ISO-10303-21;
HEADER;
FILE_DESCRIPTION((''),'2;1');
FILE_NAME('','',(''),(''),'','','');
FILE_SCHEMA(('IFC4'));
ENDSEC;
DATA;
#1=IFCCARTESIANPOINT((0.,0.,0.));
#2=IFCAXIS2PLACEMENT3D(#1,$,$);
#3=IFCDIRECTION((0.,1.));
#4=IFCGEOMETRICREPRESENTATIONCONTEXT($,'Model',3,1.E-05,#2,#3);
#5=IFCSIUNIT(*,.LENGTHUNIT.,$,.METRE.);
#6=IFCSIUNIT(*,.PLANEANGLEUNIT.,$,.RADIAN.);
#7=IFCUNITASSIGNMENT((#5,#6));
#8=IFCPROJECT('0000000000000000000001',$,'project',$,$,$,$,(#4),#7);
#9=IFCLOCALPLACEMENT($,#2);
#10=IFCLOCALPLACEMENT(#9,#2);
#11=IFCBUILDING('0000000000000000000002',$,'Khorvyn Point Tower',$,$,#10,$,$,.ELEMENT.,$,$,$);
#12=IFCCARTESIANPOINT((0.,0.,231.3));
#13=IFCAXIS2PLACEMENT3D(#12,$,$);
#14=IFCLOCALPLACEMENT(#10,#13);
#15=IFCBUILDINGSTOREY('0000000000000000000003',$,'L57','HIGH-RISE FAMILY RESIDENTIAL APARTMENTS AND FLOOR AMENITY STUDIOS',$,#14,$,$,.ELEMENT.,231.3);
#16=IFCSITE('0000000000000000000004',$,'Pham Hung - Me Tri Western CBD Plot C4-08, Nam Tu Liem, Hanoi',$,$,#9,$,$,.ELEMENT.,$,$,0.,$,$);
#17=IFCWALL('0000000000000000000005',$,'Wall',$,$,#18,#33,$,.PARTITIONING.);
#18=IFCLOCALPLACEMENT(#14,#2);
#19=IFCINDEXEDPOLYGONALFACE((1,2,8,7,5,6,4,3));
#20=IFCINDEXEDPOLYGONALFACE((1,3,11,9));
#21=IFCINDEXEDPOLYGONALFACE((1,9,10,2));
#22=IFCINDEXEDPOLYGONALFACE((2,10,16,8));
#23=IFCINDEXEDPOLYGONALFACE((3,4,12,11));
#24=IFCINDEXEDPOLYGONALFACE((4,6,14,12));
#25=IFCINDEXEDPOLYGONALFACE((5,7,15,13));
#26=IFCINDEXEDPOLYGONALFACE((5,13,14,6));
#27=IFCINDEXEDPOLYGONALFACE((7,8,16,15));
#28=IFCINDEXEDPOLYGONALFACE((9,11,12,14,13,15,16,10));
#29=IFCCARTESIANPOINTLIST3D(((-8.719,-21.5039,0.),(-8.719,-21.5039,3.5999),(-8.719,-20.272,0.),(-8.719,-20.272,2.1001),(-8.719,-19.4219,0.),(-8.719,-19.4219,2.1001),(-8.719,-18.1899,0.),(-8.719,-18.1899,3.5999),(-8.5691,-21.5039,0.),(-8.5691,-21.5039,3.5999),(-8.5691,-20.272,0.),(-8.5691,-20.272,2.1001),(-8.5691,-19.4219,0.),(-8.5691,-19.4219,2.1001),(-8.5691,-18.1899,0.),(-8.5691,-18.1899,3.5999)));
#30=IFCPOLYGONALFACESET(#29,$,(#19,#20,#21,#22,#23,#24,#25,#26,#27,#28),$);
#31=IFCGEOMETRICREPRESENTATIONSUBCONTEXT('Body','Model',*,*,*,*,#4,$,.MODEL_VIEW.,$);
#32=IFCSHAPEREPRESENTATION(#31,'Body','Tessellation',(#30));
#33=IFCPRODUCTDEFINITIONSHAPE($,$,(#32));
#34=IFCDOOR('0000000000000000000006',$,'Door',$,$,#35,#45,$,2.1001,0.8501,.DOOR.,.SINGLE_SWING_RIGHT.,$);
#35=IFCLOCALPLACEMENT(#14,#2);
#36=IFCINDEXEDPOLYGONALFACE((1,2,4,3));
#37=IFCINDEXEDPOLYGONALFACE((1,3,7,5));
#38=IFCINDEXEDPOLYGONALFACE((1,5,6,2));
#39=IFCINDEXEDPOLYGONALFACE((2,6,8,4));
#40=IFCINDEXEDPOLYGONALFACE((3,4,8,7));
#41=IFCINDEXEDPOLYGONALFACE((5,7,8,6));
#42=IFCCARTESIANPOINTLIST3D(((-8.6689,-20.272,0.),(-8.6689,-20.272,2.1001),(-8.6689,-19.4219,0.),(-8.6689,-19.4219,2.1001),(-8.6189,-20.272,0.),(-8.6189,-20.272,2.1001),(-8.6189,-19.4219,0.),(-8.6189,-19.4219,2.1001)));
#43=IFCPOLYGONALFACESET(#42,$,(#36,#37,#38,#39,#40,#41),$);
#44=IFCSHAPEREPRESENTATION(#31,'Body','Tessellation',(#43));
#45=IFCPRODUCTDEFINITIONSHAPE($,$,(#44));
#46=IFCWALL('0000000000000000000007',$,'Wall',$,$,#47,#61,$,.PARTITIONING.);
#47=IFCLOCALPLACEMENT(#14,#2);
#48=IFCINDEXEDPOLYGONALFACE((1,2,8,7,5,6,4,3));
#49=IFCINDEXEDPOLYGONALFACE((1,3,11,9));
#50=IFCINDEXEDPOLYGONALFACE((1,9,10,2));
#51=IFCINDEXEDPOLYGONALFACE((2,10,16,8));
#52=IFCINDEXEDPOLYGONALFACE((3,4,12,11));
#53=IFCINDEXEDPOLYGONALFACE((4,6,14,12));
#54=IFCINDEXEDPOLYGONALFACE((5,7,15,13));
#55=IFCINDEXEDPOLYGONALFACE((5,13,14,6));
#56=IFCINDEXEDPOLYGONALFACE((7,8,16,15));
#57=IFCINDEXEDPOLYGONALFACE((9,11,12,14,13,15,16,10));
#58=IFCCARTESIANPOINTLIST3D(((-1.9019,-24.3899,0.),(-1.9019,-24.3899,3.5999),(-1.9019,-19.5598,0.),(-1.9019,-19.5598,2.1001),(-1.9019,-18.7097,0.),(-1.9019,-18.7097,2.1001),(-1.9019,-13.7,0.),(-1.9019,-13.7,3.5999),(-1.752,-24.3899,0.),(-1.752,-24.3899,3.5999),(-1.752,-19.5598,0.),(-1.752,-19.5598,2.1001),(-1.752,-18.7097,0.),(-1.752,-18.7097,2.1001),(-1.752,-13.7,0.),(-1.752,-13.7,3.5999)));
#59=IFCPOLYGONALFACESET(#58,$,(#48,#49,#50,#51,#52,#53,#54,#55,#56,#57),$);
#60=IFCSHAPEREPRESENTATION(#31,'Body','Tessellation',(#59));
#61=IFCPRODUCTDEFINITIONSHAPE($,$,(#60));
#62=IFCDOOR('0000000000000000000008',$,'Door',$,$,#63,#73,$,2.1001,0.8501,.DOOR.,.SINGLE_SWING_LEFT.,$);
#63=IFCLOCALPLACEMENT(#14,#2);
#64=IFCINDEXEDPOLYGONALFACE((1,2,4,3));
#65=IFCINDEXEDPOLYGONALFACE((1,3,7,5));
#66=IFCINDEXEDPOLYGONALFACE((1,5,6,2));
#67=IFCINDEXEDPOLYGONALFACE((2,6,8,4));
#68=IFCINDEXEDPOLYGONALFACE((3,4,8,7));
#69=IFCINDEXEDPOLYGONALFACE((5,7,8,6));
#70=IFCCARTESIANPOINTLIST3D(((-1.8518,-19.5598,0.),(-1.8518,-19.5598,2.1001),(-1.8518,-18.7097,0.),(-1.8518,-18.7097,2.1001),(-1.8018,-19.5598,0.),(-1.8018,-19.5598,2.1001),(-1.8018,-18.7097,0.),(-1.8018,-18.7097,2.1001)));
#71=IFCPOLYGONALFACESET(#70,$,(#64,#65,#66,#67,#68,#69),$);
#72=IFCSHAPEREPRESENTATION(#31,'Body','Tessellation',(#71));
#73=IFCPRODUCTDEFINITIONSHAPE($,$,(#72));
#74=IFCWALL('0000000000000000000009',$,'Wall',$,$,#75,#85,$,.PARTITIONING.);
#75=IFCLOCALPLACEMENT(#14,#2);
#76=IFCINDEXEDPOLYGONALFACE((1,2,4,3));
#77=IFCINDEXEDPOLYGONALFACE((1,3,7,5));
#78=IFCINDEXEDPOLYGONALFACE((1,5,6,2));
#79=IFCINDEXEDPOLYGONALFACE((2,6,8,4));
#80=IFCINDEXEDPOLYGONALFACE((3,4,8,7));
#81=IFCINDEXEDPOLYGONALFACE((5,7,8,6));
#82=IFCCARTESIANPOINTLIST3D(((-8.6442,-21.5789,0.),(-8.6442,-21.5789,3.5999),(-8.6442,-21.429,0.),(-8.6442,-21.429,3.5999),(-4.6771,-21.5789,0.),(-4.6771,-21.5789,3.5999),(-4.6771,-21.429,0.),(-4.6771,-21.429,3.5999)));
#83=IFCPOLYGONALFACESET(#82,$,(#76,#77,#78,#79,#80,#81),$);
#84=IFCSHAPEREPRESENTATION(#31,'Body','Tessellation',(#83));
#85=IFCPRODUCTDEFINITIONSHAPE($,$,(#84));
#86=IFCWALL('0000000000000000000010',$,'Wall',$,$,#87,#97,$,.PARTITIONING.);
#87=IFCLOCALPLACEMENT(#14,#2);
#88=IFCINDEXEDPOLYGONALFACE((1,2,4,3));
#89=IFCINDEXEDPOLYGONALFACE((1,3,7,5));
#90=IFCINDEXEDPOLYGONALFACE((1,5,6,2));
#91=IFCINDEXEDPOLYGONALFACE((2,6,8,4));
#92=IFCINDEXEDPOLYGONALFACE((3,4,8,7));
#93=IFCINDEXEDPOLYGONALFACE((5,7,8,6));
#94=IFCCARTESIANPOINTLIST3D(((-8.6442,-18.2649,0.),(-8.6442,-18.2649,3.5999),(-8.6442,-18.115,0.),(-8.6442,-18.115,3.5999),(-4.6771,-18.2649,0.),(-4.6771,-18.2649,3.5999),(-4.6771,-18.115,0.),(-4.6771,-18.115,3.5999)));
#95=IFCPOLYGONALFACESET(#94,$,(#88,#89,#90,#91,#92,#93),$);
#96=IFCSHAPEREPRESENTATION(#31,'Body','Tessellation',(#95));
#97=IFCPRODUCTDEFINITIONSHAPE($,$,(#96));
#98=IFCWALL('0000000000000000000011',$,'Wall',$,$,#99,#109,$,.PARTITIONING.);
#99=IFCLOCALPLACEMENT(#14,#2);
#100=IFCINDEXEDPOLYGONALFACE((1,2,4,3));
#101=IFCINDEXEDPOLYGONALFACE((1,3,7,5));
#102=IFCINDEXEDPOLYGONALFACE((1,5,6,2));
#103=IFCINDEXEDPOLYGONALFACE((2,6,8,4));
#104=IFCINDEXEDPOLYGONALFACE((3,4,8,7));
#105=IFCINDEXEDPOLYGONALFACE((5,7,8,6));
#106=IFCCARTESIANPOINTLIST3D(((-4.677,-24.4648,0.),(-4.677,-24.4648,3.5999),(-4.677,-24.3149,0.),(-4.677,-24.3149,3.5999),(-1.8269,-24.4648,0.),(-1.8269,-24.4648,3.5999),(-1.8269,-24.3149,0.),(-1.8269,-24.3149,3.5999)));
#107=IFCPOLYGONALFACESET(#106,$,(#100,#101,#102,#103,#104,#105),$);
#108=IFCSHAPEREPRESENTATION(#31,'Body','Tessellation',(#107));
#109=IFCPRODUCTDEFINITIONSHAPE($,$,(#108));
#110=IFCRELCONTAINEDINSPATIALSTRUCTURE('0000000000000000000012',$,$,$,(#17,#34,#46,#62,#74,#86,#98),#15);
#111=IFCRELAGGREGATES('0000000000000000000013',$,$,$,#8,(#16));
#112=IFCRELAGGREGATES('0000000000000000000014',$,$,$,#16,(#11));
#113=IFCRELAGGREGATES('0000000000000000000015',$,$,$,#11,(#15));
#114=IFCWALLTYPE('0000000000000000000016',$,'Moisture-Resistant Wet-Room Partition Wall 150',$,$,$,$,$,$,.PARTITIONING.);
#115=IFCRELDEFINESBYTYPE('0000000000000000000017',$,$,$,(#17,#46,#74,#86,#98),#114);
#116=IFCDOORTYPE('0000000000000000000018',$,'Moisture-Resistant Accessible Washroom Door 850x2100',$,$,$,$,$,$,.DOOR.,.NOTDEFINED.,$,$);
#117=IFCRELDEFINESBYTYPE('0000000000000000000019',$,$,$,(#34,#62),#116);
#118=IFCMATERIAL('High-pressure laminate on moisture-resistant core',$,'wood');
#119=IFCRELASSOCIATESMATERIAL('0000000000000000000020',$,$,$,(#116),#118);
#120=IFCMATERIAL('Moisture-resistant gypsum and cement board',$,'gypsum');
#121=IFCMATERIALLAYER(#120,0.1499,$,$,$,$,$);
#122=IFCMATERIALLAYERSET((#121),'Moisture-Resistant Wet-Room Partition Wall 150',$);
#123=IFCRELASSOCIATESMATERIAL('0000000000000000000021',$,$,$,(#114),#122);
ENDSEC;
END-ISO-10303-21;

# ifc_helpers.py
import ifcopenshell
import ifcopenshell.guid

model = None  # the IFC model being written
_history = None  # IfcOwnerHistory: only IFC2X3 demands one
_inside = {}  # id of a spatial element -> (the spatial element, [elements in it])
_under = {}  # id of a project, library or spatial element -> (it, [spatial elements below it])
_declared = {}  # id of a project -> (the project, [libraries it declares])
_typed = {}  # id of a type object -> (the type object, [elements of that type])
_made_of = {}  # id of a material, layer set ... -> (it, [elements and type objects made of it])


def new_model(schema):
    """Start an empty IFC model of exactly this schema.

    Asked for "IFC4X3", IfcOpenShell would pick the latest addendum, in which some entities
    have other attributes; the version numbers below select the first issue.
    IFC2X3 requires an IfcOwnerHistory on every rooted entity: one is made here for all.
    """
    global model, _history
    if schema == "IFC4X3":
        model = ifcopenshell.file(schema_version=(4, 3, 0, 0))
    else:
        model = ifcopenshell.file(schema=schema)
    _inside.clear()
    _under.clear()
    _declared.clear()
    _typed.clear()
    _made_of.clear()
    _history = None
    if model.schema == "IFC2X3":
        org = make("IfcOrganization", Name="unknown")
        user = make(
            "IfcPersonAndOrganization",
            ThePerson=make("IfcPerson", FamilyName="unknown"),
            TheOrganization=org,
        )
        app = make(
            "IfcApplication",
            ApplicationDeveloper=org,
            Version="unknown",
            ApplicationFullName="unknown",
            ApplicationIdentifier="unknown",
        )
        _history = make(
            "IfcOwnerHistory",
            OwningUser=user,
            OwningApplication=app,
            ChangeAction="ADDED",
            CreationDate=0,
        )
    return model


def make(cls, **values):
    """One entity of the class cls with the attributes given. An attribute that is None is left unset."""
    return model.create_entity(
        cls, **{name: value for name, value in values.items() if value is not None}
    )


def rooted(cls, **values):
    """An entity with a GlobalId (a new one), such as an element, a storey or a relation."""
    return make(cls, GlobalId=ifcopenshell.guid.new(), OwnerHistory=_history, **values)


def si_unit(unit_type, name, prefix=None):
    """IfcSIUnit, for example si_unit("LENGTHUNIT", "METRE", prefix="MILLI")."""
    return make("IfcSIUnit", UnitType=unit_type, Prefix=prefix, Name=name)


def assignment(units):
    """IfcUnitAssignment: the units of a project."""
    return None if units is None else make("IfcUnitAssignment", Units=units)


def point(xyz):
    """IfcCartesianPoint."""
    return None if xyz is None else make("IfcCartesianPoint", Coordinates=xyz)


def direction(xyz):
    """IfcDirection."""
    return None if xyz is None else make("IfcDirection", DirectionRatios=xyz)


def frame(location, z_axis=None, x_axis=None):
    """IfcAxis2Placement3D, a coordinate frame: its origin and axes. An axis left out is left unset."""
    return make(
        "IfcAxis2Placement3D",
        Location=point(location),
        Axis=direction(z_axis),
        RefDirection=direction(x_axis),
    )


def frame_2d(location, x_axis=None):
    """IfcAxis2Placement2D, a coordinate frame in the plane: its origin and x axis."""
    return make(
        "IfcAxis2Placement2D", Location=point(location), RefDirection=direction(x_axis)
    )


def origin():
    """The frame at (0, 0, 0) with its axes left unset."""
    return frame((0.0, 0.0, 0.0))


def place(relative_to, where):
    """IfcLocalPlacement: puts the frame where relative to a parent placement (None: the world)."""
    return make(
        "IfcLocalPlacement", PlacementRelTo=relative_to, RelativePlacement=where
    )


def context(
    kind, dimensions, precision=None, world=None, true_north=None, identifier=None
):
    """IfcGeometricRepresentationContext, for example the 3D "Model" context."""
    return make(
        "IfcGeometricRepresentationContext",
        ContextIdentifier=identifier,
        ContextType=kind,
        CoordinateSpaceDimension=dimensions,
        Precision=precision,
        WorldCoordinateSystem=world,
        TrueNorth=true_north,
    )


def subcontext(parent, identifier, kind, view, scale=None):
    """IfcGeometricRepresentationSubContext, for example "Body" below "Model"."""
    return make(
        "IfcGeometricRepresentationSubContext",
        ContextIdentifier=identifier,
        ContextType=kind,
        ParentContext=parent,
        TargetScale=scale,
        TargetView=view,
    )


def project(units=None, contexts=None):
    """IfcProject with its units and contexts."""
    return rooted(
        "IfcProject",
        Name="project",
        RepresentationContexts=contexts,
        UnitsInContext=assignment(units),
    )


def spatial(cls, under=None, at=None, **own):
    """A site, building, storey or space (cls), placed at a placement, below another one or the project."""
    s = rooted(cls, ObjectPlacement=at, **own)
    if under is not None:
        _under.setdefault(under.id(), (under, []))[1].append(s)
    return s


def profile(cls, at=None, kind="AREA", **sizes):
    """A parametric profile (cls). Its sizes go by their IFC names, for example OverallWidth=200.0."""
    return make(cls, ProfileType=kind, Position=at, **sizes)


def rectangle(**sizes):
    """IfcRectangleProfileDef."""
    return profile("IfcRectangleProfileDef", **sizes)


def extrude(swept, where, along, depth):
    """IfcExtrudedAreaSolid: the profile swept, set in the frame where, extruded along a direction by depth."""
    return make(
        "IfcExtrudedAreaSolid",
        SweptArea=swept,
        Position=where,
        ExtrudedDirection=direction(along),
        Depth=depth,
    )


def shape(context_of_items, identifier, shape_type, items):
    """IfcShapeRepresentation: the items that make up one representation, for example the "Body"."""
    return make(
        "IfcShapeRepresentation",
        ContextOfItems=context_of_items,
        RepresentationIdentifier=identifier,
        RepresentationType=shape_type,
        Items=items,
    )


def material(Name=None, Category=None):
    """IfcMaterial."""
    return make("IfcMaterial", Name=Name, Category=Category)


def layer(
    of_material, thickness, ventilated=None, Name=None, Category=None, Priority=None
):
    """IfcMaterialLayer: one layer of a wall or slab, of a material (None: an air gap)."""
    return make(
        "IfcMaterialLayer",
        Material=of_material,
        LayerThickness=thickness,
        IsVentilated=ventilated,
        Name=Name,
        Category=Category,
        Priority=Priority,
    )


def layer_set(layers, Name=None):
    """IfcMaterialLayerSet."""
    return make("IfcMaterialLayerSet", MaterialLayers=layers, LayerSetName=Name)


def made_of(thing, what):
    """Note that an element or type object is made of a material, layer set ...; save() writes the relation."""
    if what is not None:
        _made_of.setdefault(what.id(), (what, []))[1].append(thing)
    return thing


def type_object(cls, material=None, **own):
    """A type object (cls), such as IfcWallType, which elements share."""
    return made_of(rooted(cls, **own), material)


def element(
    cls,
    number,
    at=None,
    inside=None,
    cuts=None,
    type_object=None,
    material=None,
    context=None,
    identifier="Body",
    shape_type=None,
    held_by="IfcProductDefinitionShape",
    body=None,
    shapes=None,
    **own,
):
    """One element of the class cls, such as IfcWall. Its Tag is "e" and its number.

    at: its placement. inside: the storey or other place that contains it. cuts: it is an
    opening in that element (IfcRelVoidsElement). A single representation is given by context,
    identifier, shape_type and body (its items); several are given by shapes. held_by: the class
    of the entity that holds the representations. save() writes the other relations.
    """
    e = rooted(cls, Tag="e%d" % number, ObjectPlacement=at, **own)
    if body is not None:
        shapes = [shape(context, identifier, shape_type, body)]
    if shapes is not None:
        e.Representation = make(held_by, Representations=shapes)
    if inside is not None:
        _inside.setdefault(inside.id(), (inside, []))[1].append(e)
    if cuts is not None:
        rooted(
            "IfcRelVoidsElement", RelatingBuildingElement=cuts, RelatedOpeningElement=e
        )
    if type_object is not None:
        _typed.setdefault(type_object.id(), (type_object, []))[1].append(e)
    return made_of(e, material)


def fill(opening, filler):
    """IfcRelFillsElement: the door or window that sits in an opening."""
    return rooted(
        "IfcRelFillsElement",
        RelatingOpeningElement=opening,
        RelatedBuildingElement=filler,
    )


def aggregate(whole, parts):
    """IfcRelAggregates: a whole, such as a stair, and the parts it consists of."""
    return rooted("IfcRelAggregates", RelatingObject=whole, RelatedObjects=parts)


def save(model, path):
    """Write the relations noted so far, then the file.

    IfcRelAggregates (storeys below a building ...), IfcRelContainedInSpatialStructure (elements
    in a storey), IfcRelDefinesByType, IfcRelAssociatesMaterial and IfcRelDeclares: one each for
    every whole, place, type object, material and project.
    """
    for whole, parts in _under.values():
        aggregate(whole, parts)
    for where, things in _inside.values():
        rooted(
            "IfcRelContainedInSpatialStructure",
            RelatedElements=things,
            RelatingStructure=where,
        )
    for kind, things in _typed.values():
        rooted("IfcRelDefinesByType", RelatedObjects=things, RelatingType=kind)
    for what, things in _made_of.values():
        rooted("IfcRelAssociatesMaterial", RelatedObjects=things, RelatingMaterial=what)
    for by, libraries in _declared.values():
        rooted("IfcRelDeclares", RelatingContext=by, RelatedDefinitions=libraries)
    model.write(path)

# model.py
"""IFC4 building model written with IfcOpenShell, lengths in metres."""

from ifc_helpers import new_model, si_unit, direction, frame, frame_2d, origin, place, context, subcontext, project, spatial, rectangle, extrude, material, layer, layer_set, type_object, element, fill, save


model = new_model("IFC4")

# Units and contexts
model_context = context("Model", 3, precision=1e-05, world=origin(), true_north=direction((0.0, 1.0)))
body_context = subcontext(model_context, "Body", "Model", "MODEL_VIEW")
ifc_project = project(units=[si_unit("LENGTHUNIT", "METRE"), si_unit("PLANEANGLEUNIT", "RADIAN")], contexts=[model_context])

# Site, building, storey
site_placement = place(None, origin())
site = spatial("IfcSite", under=ifc_project, at=site_placement, Name="Pham Hung - Me Tri Western CBD Plot C4-08, Nam Tu Liem, Hanoi", CompositionType="ELEMENT", RefElevation=0.0)
building_placement = place(site_placement, origin())
building = spatial("IfcBuilding", under=site, at=building_placement, Name="Khorvyn Point Tower", CompositionType="ELEMENT")
storey_placement = place(building_placement, frame((0.0, 0.0, 231.3)))
storey = spatial("IfcBuildingStorey", under=building, at=storey_placement, Name="L57", Description="HIGH-RISE FAMILY RESIDENTIAL APARTMENTS AND FLOOR AMENITY STUDIOS", CompositionType="ELEMENT", Elevation=231.3)

# Walls, openings, doors
ifc_material_1 = material(Name="High-pressure laminate on moisture-resistant core", Category="wood")
door_type_1 = type_object("IfcDoorType", Name="Moisture-Resistant Accessible Washroom Door 850x2100", OperationType="NOTDEFINED", PredefinedType="DOOR", material=ifc_material_1)
ifc_material_2 = material(Name="Moisture-resistant gypsum and cement board", Category="gypsum")
ifc_layer_1 = layer(ifc_material_2, 0.1499)
ifc_layer_set_1 = layer_set([ifc_layer_1], Name="Moisture-Resistant Wet-Room Partition Wall 150")
wall_type_1 = type_object("IfcWallType", Name="Moisture-Resistant Wet-Room Partition Wall 150", PredefinedType="PARTITIONING", material=ifc_layer_set_1)
wall_1_placement = place(storey_placement, frame((-8.644, -21.5039, 0.0), z_axis=(0.0, 0.0, 1.0), x_axis=(0.0, 1.0, 0.0)))
wall_1 = element("IfcWall", 1, at=wall_1_placement, inside=storey, type_object=wall_type_1, Name="Wall", PredefinedType="PARTITIONING", context=body_context, shape_type="SweptSolid", body=[
    extrude(rectangle(XDim=3.314, YDim=0.1499, at=frame_2d((1.657, 0.0))), origin(), (0.0, 0.0, 1.0), 3.5999),
])
opening_1_placement = place(wall_1_placement, frame((1.2319, 0.0, 0.0)))
opening_1 = element("IfcOpeningElement", 2, at=opening_1_placement, cuts=wall_1, PredefinedType="OPENING", context=body_context, shape_type="SweptSolid", body=[
    extrude(rectangle(XDim=0.8501, YDim=2.1001, at=frame_2d((0.425, 1.05))), frame((0.0, 0.085, 0.0), z_axis=(0.0, -1.0, 0.0), x_axis=(1.0, 0.0, 0.0)), (0.0, 0.0, 1.0), 0.1699),
])
door_1_placement = place(opening_1_placement, origin())
door_1 = element("IfcDoor", 3, at=door_1_placement, inside=storey, type_object=door_type_1, Name="Door", OperationType="SINGLE_SWING_RIGHT", OverallHeight=2.1001, OverallWidth=0.8501, PredefinedType="DOOR", context=body_context, shape_type="SweptSolid", body=[
    extrude(rectangle(XDim=0.8501, YDim=2.1001, at=frame_2d((0.425, 1.05))), frame((0.0, 0.0249, 0.0), z_axis=(0.0, -1.0, 0.0), x_axis=(1.0, 0.0, 0.0)), (0.0, 0.0, 1.0), 0.05),
])
fill(opening_1, door_1)
wall_2_placement = place(storey_placement, frame((-1.8269, -24.3899, 0.0), z_axis=(0.0, 0.0, 1.0), x_axis=(0.0, 1.0, 0.0)))
wall_2 = element("IfcWall", 4, at=wall_2_placement, inside=storey, type_object=wall_type_1, Name="Wall", PredefinedType="PARTITIONING", context=body_context, shape_type="SweptSolid", body=[
    extrude(rectangle(XDim=10.6899, YDim=0.1499, at=frame_2d((5.345, 0.0))), origin(), (0.0, 0.0, 1.0), 3.5999),
])
opening_2_placement = place(wall_2_placement, frame((4.8301, 0.0, 0.0)))
opening_2 = element("IfcOpeningElement", 5, at=opening_2_placement, cuts=wall_2, PredefinedType="OPENING", context=body_context, shape_type="SweptSolid", body=[
    extrude(rectangle(XDim=0.8501, YDim=2.1001, at=frame_2d((0.425, 1.05))), frame((0.0, 0.085, 0.0), z_axis=(0.0, -1.0, 0.0), x_axis=(1.0, 0.0, 0.0)), (0.0, 0.0, 1.0), 0.1699),
])
door_2_placement = place(opening_2_placement, origin())
door_2 = element("IfcDoor", 6, at=door_2_placement, inside=storey, type_object=door_type_1, Name="Door", OperationType="SINGLE_SWING_LEFT", OverallHeight=2.1001, OverallWidth=0.8501, PredefinedType="DOOR", context=body_context, shape_type="SweptSolid", body=[
    extrude(rectangle(XDim=0.8501, YDim=2.1001, at=frame_2d((0.425, 1.05))), frame((0.0, 0.0249, 0.0), z_axis=(0.0, -1.0, 0.0), x_axis=(1.0, 0.0, 0.0)), (0.0, 0.0, 1.0), 0.05),
])
fill(opening_2, door_2)

# Walls
for number, where, z_axis, x_axis, name in (
    (7, (-8.644, -21.5039, 0.0), (0.0, 0.0, 1.0), (1.0, 0.0, 0.0), "Wall"),
    (8, (-8.644, -18.1899, 0.0), (0.0, 0.0, 1.0), (1.0, 0.0, 0.0), "Wall"),
):
    element("IfcWall", number, at=place(storey_placement, frame(where, z_axis=z_axis, x_axis=x_axis)), inside=storey, type_object=wall_type_1, Name=name, PredefinedType="PARTITIONING", context=body_context, shape_type="SweptSolid", body=[
        extrude(rectangle(XDim=3.967, YDim=0.1499, at=frame_2d((1.9834, 0.0))), origin(), (0.0, 0.0, 1.0), 3.5999),
    ])
wall_3_placement = place(storey_placement, frame((-4.677, -24.3899, 0.0), z_axis=(0.0, 0.0, 1.0), x_axis=(1.0, 0.0, 0.0)))
element("IfcWall", 9, at=wall_3_placement, inside=storey, type_object=wall_type_1, Name="Wall", PredefinedType="PARTITIONING", context=body_context, shape_type="SweptSolid", body=[
    extrude(rectangle(XDim=2.8501, YDim=0.1499, at=frame_2d((1.425, 0.0))), origin(), (0.0, 0.0, 1.0), 3.5999),
])

save(model, "model.ifc")
